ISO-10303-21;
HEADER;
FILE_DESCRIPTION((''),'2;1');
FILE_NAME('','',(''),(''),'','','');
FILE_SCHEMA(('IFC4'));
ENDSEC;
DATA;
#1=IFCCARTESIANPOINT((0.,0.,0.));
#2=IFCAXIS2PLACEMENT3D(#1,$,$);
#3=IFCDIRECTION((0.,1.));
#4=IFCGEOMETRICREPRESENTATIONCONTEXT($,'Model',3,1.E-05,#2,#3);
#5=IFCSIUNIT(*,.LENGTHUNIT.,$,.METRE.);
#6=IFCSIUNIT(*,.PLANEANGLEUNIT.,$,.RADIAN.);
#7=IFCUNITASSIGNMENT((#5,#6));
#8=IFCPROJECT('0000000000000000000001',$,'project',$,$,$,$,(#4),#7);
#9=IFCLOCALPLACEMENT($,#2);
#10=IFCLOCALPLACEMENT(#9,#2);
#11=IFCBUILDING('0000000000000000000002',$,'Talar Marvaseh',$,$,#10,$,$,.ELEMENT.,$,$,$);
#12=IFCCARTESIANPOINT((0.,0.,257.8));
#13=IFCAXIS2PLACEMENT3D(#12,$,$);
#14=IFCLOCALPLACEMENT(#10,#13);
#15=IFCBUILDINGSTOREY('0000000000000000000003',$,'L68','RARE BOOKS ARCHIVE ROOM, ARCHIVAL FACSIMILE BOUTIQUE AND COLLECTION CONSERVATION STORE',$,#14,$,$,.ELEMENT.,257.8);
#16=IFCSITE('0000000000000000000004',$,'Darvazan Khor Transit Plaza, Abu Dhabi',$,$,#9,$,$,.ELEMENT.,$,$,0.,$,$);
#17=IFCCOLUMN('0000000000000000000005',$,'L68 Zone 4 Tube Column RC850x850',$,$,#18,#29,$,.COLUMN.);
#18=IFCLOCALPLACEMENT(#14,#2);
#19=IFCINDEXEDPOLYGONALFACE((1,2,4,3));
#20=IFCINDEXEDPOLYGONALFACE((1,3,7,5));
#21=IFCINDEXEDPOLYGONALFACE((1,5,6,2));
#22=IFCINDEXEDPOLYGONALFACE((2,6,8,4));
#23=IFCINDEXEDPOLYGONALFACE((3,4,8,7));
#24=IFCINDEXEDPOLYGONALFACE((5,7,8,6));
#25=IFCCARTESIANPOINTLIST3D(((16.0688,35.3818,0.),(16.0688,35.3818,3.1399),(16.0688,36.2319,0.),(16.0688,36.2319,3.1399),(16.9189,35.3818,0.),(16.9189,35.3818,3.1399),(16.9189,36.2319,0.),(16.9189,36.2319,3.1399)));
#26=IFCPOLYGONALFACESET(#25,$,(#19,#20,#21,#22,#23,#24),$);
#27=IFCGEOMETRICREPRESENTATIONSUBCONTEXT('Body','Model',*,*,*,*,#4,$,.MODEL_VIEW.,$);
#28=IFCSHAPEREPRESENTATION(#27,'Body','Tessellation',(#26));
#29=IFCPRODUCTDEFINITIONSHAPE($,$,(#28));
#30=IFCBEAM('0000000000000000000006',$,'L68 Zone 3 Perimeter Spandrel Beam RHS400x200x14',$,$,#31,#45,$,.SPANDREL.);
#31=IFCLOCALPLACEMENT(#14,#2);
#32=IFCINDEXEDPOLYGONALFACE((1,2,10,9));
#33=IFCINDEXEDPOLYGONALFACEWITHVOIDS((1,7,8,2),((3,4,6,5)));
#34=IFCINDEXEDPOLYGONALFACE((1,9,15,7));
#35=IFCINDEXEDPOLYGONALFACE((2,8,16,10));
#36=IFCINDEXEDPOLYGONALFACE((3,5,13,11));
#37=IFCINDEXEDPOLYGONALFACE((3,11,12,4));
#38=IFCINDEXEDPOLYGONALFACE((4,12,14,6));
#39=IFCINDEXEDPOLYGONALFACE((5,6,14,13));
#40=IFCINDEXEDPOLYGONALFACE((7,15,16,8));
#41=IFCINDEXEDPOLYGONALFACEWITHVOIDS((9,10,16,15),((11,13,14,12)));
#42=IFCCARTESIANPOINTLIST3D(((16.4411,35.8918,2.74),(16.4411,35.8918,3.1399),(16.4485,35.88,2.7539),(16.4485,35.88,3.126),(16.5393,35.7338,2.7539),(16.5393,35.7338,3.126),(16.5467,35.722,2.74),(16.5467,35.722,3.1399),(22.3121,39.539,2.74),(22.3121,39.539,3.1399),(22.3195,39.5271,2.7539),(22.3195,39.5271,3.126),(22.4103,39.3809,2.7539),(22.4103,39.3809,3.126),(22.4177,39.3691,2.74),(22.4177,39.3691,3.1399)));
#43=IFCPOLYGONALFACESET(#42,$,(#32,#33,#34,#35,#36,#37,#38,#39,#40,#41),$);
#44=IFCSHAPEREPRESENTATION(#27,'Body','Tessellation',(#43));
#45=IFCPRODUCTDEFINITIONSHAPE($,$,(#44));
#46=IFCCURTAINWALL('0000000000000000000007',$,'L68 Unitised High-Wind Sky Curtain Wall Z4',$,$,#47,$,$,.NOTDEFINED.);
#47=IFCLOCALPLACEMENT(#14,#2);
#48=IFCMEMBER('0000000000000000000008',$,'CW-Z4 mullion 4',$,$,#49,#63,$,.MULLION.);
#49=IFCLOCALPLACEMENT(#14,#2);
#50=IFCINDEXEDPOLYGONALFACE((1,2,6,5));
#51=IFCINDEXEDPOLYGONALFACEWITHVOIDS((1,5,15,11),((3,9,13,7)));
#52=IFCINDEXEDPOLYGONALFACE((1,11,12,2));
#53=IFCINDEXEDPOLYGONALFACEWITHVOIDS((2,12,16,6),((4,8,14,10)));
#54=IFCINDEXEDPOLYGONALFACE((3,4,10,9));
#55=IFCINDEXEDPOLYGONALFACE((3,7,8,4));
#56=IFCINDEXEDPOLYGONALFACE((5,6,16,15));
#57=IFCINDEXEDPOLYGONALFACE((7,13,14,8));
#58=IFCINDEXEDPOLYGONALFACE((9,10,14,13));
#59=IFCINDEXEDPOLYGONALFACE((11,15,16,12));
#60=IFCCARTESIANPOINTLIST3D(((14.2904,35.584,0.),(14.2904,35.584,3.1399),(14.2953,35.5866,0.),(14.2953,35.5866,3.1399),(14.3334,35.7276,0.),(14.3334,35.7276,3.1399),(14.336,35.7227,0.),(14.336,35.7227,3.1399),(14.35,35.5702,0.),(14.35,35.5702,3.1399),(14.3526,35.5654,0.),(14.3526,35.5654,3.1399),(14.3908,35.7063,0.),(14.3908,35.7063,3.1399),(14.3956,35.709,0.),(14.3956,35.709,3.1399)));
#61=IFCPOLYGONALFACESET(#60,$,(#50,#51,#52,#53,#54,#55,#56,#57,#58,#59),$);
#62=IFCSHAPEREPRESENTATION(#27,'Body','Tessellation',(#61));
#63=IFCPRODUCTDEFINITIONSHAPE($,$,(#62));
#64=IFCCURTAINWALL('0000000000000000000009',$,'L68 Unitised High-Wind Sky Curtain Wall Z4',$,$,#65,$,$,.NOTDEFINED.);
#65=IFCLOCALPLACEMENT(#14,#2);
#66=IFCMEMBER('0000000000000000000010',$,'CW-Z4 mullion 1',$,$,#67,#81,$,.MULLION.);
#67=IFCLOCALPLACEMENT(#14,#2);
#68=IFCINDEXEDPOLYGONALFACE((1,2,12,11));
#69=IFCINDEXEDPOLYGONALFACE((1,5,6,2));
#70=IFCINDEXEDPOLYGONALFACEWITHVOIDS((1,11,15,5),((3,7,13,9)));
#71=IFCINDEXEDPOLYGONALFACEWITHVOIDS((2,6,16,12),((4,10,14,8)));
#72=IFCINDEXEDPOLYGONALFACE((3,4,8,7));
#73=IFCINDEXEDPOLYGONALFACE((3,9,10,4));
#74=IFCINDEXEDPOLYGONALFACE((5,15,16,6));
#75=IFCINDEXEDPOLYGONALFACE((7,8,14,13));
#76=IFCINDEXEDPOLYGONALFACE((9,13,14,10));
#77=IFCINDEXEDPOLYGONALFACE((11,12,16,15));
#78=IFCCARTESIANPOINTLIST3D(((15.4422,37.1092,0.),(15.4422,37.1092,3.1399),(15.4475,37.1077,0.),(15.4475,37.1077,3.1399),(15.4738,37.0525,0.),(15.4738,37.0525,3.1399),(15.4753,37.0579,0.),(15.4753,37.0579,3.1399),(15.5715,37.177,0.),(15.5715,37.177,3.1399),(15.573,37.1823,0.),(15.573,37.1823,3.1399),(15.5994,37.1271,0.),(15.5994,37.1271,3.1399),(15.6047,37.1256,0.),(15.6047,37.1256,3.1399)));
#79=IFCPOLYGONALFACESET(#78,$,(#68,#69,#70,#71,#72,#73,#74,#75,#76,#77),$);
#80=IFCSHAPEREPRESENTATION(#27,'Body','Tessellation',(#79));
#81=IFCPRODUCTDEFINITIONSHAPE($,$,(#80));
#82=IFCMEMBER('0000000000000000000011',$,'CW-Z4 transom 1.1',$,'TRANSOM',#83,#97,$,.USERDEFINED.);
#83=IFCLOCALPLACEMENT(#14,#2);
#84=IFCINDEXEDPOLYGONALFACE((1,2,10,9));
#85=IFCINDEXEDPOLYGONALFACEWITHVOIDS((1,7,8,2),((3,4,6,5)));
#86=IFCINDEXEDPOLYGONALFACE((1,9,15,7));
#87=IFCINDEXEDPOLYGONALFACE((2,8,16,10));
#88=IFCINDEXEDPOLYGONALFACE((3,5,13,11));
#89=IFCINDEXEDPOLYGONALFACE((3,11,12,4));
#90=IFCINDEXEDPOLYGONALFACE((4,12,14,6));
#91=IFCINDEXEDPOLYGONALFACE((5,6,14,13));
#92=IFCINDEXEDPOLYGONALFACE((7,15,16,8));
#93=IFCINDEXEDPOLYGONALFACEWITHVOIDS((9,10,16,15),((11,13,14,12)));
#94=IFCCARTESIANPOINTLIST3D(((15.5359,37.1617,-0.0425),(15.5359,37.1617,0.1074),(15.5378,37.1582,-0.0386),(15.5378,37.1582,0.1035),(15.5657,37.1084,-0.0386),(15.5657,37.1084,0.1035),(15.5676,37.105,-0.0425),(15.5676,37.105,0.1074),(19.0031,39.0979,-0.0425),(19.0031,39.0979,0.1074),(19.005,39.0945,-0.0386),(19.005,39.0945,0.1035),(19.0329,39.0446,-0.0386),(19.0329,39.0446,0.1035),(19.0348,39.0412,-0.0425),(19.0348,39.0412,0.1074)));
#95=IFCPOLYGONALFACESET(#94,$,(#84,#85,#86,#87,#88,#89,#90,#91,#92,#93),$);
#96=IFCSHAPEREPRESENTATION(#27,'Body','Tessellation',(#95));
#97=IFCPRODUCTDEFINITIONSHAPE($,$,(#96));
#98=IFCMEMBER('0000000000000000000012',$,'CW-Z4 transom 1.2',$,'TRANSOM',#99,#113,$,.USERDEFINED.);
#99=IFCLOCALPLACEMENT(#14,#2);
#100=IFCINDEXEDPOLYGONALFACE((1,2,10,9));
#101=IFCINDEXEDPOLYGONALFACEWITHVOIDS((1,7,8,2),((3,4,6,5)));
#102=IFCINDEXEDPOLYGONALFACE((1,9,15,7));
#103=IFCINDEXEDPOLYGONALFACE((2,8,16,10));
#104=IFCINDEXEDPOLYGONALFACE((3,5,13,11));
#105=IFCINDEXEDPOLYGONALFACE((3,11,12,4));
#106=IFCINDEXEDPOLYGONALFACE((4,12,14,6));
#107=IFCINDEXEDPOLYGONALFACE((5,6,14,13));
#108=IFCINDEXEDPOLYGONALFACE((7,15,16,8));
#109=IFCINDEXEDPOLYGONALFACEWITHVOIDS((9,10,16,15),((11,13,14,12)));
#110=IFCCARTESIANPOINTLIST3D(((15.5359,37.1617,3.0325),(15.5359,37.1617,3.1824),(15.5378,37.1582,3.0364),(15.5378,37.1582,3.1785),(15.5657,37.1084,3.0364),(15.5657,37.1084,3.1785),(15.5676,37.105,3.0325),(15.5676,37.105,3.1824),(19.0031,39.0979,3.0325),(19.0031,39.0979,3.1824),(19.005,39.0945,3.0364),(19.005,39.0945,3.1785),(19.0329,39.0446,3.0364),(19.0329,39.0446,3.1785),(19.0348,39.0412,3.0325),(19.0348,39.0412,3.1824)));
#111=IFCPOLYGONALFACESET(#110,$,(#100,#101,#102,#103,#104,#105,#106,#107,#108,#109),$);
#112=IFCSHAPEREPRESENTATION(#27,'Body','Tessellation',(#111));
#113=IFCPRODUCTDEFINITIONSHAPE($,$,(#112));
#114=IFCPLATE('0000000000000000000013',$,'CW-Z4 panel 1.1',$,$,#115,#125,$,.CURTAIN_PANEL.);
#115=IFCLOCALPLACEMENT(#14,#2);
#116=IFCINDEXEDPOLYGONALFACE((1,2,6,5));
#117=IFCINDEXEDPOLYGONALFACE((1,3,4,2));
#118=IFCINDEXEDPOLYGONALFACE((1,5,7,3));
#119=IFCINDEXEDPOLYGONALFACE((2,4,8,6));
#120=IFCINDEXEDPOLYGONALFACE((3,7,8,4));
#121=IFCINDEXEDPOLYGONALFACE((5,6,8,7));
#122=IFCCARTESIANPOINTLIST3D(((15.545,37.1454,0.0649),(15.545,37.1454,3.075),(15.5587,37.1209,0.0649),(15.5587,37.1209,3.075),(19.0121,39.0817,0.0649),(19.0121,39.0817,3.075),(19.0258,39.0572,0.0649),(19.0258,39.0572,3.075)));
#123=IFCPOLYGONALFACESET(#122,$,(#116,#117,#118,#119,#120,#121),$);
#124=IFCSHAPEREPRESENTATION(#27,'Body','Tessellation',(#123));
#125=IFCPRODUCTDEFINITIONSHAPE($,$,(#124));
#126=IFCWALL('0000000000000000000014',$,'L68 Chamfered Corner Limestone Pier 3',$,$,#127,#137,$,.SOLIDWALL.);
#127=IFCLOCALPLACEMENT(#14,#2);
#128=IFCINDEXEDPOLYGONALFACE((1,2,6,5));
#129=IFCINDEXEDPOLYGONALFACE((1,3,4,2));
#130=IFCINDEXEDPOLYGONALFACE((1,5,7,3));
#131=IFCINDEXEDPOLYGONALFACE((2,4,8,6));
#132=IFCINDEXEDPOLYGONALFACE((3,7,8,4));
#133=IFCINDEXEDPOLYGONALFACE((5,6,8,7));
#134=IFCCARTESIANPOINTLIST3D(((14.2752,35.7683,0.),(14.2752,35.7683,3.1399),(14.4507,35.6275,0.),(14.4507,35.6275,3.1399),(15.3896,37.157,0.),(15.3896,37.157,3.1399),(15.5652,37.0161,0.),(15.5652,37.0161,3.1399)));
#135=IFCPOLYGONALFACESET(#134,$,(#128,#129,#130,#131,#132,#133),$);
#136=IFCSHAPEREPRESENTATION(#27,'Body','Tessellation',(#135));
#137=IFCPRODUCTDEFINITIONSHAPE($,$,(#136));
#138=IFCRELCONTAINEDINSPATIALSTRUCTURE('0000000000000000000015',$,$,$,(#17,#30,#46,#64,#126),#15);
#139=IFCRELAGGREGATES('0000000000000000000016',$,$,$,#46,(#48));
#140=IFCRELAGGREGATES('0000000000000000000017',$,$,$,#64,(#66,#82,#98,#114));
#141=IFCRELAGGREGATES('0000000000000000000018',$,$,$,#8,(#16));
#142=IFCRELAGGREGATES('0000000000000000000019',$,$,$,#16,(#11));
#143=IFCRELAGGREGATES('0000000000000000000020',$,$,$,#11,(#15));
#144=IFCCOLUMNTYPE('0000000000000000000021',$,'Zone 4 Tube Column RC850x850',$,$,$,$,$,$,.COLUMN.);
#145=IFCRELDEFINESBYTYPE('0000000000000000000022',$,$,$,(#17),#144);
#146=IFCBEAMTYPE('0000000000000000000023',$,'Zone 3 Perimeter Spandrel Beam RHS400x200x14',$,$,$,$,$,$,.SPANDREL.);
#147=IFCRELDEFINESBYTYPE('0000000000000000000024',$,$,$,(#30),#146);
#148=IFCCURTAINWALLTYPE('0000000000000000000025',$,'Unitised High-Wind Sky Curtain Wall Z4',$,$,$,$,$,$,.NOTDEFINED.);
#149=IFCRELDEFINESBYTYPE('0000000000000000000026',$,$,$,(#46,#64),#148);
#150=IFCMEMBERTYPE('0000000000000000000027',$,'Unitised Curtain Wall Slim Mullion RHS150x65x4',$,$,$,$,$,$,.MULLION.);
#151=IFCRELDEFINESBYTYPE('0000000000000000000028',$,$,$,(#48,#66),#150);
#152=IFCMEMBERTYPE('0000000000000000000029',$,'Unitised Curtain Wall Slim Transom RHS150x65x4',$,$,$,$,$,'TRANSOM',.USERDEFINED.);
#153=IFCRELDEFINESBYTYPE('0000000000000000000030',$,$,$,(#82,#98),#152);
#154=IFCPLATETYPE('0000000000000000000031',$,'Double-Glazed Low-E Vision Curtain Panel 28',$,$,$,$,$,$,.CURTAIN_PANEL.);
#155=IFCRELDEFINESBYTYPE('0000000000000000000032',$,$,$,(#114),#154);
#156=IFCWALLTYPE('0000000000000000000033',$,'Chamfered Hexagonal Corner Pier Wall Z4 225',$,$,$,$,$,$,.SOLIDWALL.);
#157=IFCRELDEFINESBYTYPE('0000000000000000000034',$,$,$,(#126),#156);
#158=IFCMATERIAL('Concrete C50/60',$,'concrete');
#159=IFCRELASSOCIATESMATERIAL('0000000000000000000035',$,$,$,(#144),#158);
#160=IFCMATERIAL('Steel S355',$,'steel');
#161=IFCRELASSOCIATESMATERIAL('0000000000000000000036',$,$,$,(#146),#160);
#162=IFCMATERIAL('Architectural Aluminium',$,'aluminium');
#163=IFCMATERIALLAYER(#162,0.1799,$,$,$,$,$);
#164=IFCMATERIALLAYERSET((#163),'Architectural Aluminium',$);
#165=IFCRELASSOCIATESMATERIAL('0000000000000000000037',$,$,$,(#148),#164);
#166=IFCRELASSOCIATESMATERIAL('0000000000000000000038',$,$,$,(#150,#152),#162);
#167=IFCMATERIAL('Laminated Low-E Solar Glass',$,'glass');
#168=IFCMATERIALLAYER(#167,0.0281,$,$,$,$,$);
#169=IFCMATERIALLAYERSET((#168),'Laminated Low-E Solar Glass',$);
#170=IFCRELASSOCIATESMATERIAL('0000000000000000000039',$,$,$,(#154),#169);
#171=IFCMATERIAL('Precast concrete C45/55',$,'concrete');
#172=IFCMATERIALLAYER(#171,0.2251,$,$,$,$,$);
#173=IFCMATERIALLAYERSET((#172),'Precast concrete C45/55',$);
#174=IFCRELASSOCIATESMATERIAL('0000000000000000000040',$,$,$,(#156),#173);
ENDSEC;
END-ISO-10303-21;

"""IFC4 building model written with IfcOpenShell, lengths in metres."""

from ifc_helpers import new_model, si_unit, direction, frame, frame_2d, origin, origin_2d, place, context, subcontext, project, spatial, rectangle, hollow_rectangle, extrude, source, transform, mapped, material, layer, layer_set, material_profile, profile_set, type_object, type_shapes, element, aggregate, save


model = new_model("IFC4")

# Units and contexts
model_context = context("Model", 3, precision=1e-05, world=origin(), true_north=direction((0.0, 1.0)))
body_context = subcontext(model_context, "Body", "Model", "MODEL_VIEW")
ifc_project = project(units=[si_unit("LENGTHUNIT", "METRE"), si_unit("PLANEANGLEUNIT", "RADIAN")], contexts=[model_context])

# Site, building, storey
site_placement = place(None, origin())
site = spatial("IfcSite", under=ifc_project, at=site_placement, Name="Darvazan Khor Transit Plaza, Abu Dhabi", CompositionType="ELEMENT", RefElevation=0.0)
building_placement = place(site_placement, origin())
building = spatial("IfcBuilding", under=site, at=building_placement, Name="Talar Marvaseh", CompositionType="ELEMENT")
storey_placement = place(building_placement, frame((0.0, 0.0, 257.8)))
storey = spatial("IfcBuildingStorey", under=building, at=storey_placement, Name="L68", Description="RARE BOOKS ARCHIVE ROOM, ARCHIVAL FACSIMILE BOUTIQUE AND COLLECTION CONSERVATION STORE", CompositionType="ELEMENT", Elevation=257.8)

# Column
ifc_material_1 = material(Name="Concrete C50/60", Category="concrete")
ifc_material_profile_1 = material_profile(ifc_material_1, rectangle(XDim=0.8501, YDim=0.8501, at=origin_2d()), Name="RC850x850")
ifc_profile_set_1 = profile_set([ifc_material_profile_1], Name="Concrete C50/60")
column_type = type_object("IfcColumnType", Name="Zone 4 Tube Column RC850x850", PredefinedType="COLUMN", material=ifc_profile_set_1)
column_placement = place(storey_placement, frame((16.4939, 35.8069, 0.0), z_axis=(0.0, 0.0, 1.0), x_axis=(1.0, 0.0, 0.0)))
element("IfcColumn", 1, at=column_placement, inside=storey, type_object=column_type, Name="L68 Zone 4 Tube Column RC850x850", PredefinedType="COLUMN", context=body_context, shape_type="SweptSolid", body=[
    extrude(rectangle(XDim=0.8501, YDim=0.8501, at=origin_2d()), origin(), (0.0, 0.0, 1.0), 3.1399),
])

# Beam
ifc_material_2 = material(Name="Steel S355", Category="steel")
ifc_material_profile_2 = material_profile(ifc_material_2, hollow_rectangle(XDim=0.2, YDim=0.3999, WallThickness=0.0139, at=origin_2d()), Name="RHS400x200x14")
ifc_profile_set_2 = profile_set([ifc_material_profile_2], Name="Steel S355")
beam_type = type_object("IfcBeamType", Name="Zone 3 Perimeter Spandrel Beam RHS400x200x14", PredefinedType="SPANDREL", material=ifc_profile_set_2)
beam_placement = place(storey_placement, frame((16.4939, 35.8069, 2.9399), z_axis=(0.84944, 0.527686, 0.0), x_axis=(-0.527686, 0.84944, 0.0)))
element("IfcBeam", 2, at=beam_placement, inside=storey, type_object=beam_type, Name="L68 Zone 3 Perimeter Spandrel Beam RHS400x200x14", PredefinedType="SPANDREL", context=body_context, shape_type="SweptSolid", body=[
    extrude(hollow_rectangle(XDim=0.2, YDim=0.3999, WallThickness=0.0139, at=origin_2d()), origin(), (0.0, 0.0, 1.0), 6.9116),
])

# Curtain wall, member
ifc_material_3 = material(Name="Architectural Aluminium", Category="aluminium")
ifc_layer_1 = layer(ifc_material_3, 0.1799)
ifc_layer_set_1 = layer_set([ifc_layer_1], Name="Architectural Aluminium")
curtain_wall_type = type_object("IfcCurtainWallType", Name="Unitised High-Wind Sky Curtain Wall Z4", PredefinedType="NOTDEFINED", material=ifc_layer_set_1)
curtain_wall_1_placement = place(storey_placement, origin())
curtain_wall_1 = element("IfcCurtainWall", 3, at=curtain_wall_1_placement, inside=storey, type_object=curtain_wall_type, Name="L68 Unitised High-Wind Sky Curtain Wall Z4", PredefinedType="NOTDEFINED")
ifc_material_profile_3 = material_profile(ifc_material_3, hollow_rectangle(XDim=0.0649, YDim=0.1499, WallThickness=0.0039, at=origin_2d()), Name="RHS150x65x4")
ifc_profile_set_3 = profile_set([ifc_material_profile_3], Name="Architectural Aluminium")
member_type_1 = type_object("IfcMemberType", Name="Unitised Curtain Wall Slim Mullion RHS150x65x4", PredefinedType="MULLION", material=ifc_profile_set_3)
shared_shape_1 = source(origin(), body_context, "Body", "SweptSolid", [
    extrude(hollow_rectangle(XDim=0.0649, YDim=0.1499, WallThickness=0.0039, at=origin_2d()), origin(), (0.0, 0.0, 1.0), 3.1399),
])
type_shapes(member_type_1, [shared_shape_1])
member_1_placement = place(storey_placement, frame((14.343, 35.6465, 0.0), z_axis=(0.0, 0.0, 1.0), x_axis=(-0.957912, 0.287063, 0.0)))
member_1 = element("IfcMember", 4, at=member_1_placement, type_object=member_type_1, Name="CW-Z4 mullion 4", PredefinedType="MULLION", context=body_context, shape_type="MappedRepresentation", body=[
    mapped(shared_shape_1, transform((0.0, 0.0, 0.0), x_axis=(1.0, 0.0, 0.0), y_axis=(0.0, 1.0, 0.0), z_axis=(0.0, 0.0, 1.0), scale=1.0)),
])
aggregate(curtain_wall_1, [member_1])

# Curtain wall, members, plate
curtain_wall_2_placement = place(storey_placement, origin())
curtain_wall_2 = element("IfcCurtainWall", 5, at=curtain_wall_2_placement, inside=storey, type_object=curtain_wall_type, Name="L68 Unitised High-Wind Sky Curtain Wall Z4", PredefinedType="NOTDEFINED")
member_2_placement = place(storey_placement, frame((15.5234, 37.1174, 0.0), z_axis=(0.0, 0.0, 1.0), x_axis=(-0.487589, 0.873073, 0.0)))
member_2 = element("IfcMember", 6, at=member_2_placement, type_object=member_type_1, Name="CW-Z4 mullion 1", PredefinedType="MULLION", context=body_context, shape_type="MappedRepresentation", body=[
    mapped(shared_shape_1, transform((0.0, 0.0, 0.0), x_axis=(1.0, 0.0, 0.0), y_axis=(0.0, 1.0, 0.0), z_axis=(0.0, 0.0, 1.0), scale=1.0)),
])
ifc_material_profile_4 = material_profile(ifc_material_3, hollow_rectangle(XDim=0.0649, YDim=0.1499, WallThickness=0.0039, at=origin_2d()), Name="RHS150x65x4")
ifc_profile_set_4 = profile_set([ifc_material_profile_4], Name="Architectural Aluminium")
member_type_2 = type_object("IfcMemberType", Name="Unitised Curtain Wall Slim Transom RHS150x65x4", ElementType="TRANSOM", PredefinedType="USERDEFINED", material=ifc_profile_set_4)
shared_shape_2 = source(origin(), body_context, "Body", "SweptSolid", [
    extrude(hollow_rectangle(XDim=0.0649, YDim=0.1499, WallThickness=0.0039, at=origin_2d()), origin(), (0.0, 0.0, 1.0), 3.9712),
])
type_shapes(member_type_2, [shared_shape_2])
member_3_placement = place(storey_placement, frame((15.5518, 37.1333, 0.0325), z_axis=(0.873085, 0.487568, 0.0), x_axis=(-0.487568, 0.873085, 0.0)))
member_3 = element("IfcMember", 7, at=member_3_placement, type_object=member_type_2, Name="CW-Z4 transom 1.1", ObjectType="TRANSOM", PredefinedType="USERDEFINED", context=body_context, shape_type="MappedRepresentation", body=[
    mapped(shared_shape_2, transform((0.0, 0.0, 0.0), x_axis=(1.0, 0.0, 0.0), y_axis=(0.0, 1.0, 0.0), z_axis=(0.0, 0.0, 1.0), scale=1.0)),
])
member_4_placement = place(storey_placement, frame((15.5518, 37.1333, 3.1074), z_axis=(0.873085, 0.487568, 0.0), x_axis=(-0.487568, 0.873085, 0.0)))
member_4 = element("IfcMember", 8, at=member_4_placement, type_object=member_type_2, Name="CW-Z4 transom 1.2", ObjectType="TRANSOM", PredefinedType="USERDEFINED", context=body_context, shape_type="MappedRepresentation", body=[
    mapped(shared_shape_2, transform((0.0, 0.0, 0.0), x_axis=(1.0, 0.0, 0.0), y_axis=(0.0, 1.0, 0.0), z_axis=(0.0, 0.0, 1.0), scale=1.0)),
])
ifc_material_4 = material(Name="Laminated Low-E Solar Glass", Category="glass")
ifc_layer_2 = layer(ifc_material_4, 0.0281)
ifc_layer_set_2 = layer_set([ifc_layer_2], Name="Laminated Low-E Solar Glass")
plate_type = type_object("IfcPlateType", Name="Double-Glazed Low-E Vision Curtain Panel 28", PredefinedType="CURTAIN_PANEL", material=ifc_layer_set_2)
shared_shape_3 = source(origin(), body_context, "Body", "SweptSolid", [
    extrude(rectangle(XDim=3.9712, YDim=0.0281, at=origin_2d()), origin(), (0.0, 0.0, 1.0), 3.01),
])
type_shapes(plate_type, [shared_shape_3])
plate_placement = place(storey_placement, frame((17.2854, 38.1013, 0.0649), z_axis=(0.0, 0.0, 1.0), x_axis=(0.873073, 0.487589, 0.0)))
plate = element("IfcPlate", 9, at=plate_placement, type_object=plate_type, Name="CW-Z4 panel 1.1", PredefinedType="CURTAIN_PANEL", context=body_context, shape_type="MappedRepresentation", body=[
    mapped(shared_shape_3, transform((0.0, 0.0, 0.0), x_axis=(1.0, 0.0, 0.0), y_axis=(0.0, 1.0, 0.0), z_axis=(0.0, 0.0, 1.0), scale=1.0)),
])
aggregate(curtain_wall_2, [member_2, member_3, member_4, plate])

# Wall
ifc_material_5 = material(Name="Precast concrete C45/55", Category="concrete")
ifc_layer_3 = layer(ifc_material_5, 0.2251)
ifc_layer_set_3 = layer_set([ifc_layer_3], Name="Precast concrete C45/55")
wall_type_1 = type_object("IfcWallType", Name="Chamfered Hexagonal Corner Pier Wall Z4 225", PredefinedType="SOLIDWALL", material=ifc_layer_set_3)
wall_1_placement = place(storey_placement, frame((14.363, 35.698, 0.0), z_axis=(0.0, 0.0, 1.0), x_axis=(0.625915, 0.779891, 0.0)))
element("IfcWall", 10, at=wall_1_placement, inside=storey, type_object=wall_type_1, Name="L68 Chamfered Corner Limestone Pier 3", PredefinedType="SOLIDWALL", context=body_context, shape_type="SweptSolid", body=[
    extrude(rectangle(XDim=1.7805, YDim=0.2251, at=frame_2d((0.8901, 0.0))), origin(), (0.0, 0.0, 1.0), 3.1399),
])

save(model, "model.ifc")
